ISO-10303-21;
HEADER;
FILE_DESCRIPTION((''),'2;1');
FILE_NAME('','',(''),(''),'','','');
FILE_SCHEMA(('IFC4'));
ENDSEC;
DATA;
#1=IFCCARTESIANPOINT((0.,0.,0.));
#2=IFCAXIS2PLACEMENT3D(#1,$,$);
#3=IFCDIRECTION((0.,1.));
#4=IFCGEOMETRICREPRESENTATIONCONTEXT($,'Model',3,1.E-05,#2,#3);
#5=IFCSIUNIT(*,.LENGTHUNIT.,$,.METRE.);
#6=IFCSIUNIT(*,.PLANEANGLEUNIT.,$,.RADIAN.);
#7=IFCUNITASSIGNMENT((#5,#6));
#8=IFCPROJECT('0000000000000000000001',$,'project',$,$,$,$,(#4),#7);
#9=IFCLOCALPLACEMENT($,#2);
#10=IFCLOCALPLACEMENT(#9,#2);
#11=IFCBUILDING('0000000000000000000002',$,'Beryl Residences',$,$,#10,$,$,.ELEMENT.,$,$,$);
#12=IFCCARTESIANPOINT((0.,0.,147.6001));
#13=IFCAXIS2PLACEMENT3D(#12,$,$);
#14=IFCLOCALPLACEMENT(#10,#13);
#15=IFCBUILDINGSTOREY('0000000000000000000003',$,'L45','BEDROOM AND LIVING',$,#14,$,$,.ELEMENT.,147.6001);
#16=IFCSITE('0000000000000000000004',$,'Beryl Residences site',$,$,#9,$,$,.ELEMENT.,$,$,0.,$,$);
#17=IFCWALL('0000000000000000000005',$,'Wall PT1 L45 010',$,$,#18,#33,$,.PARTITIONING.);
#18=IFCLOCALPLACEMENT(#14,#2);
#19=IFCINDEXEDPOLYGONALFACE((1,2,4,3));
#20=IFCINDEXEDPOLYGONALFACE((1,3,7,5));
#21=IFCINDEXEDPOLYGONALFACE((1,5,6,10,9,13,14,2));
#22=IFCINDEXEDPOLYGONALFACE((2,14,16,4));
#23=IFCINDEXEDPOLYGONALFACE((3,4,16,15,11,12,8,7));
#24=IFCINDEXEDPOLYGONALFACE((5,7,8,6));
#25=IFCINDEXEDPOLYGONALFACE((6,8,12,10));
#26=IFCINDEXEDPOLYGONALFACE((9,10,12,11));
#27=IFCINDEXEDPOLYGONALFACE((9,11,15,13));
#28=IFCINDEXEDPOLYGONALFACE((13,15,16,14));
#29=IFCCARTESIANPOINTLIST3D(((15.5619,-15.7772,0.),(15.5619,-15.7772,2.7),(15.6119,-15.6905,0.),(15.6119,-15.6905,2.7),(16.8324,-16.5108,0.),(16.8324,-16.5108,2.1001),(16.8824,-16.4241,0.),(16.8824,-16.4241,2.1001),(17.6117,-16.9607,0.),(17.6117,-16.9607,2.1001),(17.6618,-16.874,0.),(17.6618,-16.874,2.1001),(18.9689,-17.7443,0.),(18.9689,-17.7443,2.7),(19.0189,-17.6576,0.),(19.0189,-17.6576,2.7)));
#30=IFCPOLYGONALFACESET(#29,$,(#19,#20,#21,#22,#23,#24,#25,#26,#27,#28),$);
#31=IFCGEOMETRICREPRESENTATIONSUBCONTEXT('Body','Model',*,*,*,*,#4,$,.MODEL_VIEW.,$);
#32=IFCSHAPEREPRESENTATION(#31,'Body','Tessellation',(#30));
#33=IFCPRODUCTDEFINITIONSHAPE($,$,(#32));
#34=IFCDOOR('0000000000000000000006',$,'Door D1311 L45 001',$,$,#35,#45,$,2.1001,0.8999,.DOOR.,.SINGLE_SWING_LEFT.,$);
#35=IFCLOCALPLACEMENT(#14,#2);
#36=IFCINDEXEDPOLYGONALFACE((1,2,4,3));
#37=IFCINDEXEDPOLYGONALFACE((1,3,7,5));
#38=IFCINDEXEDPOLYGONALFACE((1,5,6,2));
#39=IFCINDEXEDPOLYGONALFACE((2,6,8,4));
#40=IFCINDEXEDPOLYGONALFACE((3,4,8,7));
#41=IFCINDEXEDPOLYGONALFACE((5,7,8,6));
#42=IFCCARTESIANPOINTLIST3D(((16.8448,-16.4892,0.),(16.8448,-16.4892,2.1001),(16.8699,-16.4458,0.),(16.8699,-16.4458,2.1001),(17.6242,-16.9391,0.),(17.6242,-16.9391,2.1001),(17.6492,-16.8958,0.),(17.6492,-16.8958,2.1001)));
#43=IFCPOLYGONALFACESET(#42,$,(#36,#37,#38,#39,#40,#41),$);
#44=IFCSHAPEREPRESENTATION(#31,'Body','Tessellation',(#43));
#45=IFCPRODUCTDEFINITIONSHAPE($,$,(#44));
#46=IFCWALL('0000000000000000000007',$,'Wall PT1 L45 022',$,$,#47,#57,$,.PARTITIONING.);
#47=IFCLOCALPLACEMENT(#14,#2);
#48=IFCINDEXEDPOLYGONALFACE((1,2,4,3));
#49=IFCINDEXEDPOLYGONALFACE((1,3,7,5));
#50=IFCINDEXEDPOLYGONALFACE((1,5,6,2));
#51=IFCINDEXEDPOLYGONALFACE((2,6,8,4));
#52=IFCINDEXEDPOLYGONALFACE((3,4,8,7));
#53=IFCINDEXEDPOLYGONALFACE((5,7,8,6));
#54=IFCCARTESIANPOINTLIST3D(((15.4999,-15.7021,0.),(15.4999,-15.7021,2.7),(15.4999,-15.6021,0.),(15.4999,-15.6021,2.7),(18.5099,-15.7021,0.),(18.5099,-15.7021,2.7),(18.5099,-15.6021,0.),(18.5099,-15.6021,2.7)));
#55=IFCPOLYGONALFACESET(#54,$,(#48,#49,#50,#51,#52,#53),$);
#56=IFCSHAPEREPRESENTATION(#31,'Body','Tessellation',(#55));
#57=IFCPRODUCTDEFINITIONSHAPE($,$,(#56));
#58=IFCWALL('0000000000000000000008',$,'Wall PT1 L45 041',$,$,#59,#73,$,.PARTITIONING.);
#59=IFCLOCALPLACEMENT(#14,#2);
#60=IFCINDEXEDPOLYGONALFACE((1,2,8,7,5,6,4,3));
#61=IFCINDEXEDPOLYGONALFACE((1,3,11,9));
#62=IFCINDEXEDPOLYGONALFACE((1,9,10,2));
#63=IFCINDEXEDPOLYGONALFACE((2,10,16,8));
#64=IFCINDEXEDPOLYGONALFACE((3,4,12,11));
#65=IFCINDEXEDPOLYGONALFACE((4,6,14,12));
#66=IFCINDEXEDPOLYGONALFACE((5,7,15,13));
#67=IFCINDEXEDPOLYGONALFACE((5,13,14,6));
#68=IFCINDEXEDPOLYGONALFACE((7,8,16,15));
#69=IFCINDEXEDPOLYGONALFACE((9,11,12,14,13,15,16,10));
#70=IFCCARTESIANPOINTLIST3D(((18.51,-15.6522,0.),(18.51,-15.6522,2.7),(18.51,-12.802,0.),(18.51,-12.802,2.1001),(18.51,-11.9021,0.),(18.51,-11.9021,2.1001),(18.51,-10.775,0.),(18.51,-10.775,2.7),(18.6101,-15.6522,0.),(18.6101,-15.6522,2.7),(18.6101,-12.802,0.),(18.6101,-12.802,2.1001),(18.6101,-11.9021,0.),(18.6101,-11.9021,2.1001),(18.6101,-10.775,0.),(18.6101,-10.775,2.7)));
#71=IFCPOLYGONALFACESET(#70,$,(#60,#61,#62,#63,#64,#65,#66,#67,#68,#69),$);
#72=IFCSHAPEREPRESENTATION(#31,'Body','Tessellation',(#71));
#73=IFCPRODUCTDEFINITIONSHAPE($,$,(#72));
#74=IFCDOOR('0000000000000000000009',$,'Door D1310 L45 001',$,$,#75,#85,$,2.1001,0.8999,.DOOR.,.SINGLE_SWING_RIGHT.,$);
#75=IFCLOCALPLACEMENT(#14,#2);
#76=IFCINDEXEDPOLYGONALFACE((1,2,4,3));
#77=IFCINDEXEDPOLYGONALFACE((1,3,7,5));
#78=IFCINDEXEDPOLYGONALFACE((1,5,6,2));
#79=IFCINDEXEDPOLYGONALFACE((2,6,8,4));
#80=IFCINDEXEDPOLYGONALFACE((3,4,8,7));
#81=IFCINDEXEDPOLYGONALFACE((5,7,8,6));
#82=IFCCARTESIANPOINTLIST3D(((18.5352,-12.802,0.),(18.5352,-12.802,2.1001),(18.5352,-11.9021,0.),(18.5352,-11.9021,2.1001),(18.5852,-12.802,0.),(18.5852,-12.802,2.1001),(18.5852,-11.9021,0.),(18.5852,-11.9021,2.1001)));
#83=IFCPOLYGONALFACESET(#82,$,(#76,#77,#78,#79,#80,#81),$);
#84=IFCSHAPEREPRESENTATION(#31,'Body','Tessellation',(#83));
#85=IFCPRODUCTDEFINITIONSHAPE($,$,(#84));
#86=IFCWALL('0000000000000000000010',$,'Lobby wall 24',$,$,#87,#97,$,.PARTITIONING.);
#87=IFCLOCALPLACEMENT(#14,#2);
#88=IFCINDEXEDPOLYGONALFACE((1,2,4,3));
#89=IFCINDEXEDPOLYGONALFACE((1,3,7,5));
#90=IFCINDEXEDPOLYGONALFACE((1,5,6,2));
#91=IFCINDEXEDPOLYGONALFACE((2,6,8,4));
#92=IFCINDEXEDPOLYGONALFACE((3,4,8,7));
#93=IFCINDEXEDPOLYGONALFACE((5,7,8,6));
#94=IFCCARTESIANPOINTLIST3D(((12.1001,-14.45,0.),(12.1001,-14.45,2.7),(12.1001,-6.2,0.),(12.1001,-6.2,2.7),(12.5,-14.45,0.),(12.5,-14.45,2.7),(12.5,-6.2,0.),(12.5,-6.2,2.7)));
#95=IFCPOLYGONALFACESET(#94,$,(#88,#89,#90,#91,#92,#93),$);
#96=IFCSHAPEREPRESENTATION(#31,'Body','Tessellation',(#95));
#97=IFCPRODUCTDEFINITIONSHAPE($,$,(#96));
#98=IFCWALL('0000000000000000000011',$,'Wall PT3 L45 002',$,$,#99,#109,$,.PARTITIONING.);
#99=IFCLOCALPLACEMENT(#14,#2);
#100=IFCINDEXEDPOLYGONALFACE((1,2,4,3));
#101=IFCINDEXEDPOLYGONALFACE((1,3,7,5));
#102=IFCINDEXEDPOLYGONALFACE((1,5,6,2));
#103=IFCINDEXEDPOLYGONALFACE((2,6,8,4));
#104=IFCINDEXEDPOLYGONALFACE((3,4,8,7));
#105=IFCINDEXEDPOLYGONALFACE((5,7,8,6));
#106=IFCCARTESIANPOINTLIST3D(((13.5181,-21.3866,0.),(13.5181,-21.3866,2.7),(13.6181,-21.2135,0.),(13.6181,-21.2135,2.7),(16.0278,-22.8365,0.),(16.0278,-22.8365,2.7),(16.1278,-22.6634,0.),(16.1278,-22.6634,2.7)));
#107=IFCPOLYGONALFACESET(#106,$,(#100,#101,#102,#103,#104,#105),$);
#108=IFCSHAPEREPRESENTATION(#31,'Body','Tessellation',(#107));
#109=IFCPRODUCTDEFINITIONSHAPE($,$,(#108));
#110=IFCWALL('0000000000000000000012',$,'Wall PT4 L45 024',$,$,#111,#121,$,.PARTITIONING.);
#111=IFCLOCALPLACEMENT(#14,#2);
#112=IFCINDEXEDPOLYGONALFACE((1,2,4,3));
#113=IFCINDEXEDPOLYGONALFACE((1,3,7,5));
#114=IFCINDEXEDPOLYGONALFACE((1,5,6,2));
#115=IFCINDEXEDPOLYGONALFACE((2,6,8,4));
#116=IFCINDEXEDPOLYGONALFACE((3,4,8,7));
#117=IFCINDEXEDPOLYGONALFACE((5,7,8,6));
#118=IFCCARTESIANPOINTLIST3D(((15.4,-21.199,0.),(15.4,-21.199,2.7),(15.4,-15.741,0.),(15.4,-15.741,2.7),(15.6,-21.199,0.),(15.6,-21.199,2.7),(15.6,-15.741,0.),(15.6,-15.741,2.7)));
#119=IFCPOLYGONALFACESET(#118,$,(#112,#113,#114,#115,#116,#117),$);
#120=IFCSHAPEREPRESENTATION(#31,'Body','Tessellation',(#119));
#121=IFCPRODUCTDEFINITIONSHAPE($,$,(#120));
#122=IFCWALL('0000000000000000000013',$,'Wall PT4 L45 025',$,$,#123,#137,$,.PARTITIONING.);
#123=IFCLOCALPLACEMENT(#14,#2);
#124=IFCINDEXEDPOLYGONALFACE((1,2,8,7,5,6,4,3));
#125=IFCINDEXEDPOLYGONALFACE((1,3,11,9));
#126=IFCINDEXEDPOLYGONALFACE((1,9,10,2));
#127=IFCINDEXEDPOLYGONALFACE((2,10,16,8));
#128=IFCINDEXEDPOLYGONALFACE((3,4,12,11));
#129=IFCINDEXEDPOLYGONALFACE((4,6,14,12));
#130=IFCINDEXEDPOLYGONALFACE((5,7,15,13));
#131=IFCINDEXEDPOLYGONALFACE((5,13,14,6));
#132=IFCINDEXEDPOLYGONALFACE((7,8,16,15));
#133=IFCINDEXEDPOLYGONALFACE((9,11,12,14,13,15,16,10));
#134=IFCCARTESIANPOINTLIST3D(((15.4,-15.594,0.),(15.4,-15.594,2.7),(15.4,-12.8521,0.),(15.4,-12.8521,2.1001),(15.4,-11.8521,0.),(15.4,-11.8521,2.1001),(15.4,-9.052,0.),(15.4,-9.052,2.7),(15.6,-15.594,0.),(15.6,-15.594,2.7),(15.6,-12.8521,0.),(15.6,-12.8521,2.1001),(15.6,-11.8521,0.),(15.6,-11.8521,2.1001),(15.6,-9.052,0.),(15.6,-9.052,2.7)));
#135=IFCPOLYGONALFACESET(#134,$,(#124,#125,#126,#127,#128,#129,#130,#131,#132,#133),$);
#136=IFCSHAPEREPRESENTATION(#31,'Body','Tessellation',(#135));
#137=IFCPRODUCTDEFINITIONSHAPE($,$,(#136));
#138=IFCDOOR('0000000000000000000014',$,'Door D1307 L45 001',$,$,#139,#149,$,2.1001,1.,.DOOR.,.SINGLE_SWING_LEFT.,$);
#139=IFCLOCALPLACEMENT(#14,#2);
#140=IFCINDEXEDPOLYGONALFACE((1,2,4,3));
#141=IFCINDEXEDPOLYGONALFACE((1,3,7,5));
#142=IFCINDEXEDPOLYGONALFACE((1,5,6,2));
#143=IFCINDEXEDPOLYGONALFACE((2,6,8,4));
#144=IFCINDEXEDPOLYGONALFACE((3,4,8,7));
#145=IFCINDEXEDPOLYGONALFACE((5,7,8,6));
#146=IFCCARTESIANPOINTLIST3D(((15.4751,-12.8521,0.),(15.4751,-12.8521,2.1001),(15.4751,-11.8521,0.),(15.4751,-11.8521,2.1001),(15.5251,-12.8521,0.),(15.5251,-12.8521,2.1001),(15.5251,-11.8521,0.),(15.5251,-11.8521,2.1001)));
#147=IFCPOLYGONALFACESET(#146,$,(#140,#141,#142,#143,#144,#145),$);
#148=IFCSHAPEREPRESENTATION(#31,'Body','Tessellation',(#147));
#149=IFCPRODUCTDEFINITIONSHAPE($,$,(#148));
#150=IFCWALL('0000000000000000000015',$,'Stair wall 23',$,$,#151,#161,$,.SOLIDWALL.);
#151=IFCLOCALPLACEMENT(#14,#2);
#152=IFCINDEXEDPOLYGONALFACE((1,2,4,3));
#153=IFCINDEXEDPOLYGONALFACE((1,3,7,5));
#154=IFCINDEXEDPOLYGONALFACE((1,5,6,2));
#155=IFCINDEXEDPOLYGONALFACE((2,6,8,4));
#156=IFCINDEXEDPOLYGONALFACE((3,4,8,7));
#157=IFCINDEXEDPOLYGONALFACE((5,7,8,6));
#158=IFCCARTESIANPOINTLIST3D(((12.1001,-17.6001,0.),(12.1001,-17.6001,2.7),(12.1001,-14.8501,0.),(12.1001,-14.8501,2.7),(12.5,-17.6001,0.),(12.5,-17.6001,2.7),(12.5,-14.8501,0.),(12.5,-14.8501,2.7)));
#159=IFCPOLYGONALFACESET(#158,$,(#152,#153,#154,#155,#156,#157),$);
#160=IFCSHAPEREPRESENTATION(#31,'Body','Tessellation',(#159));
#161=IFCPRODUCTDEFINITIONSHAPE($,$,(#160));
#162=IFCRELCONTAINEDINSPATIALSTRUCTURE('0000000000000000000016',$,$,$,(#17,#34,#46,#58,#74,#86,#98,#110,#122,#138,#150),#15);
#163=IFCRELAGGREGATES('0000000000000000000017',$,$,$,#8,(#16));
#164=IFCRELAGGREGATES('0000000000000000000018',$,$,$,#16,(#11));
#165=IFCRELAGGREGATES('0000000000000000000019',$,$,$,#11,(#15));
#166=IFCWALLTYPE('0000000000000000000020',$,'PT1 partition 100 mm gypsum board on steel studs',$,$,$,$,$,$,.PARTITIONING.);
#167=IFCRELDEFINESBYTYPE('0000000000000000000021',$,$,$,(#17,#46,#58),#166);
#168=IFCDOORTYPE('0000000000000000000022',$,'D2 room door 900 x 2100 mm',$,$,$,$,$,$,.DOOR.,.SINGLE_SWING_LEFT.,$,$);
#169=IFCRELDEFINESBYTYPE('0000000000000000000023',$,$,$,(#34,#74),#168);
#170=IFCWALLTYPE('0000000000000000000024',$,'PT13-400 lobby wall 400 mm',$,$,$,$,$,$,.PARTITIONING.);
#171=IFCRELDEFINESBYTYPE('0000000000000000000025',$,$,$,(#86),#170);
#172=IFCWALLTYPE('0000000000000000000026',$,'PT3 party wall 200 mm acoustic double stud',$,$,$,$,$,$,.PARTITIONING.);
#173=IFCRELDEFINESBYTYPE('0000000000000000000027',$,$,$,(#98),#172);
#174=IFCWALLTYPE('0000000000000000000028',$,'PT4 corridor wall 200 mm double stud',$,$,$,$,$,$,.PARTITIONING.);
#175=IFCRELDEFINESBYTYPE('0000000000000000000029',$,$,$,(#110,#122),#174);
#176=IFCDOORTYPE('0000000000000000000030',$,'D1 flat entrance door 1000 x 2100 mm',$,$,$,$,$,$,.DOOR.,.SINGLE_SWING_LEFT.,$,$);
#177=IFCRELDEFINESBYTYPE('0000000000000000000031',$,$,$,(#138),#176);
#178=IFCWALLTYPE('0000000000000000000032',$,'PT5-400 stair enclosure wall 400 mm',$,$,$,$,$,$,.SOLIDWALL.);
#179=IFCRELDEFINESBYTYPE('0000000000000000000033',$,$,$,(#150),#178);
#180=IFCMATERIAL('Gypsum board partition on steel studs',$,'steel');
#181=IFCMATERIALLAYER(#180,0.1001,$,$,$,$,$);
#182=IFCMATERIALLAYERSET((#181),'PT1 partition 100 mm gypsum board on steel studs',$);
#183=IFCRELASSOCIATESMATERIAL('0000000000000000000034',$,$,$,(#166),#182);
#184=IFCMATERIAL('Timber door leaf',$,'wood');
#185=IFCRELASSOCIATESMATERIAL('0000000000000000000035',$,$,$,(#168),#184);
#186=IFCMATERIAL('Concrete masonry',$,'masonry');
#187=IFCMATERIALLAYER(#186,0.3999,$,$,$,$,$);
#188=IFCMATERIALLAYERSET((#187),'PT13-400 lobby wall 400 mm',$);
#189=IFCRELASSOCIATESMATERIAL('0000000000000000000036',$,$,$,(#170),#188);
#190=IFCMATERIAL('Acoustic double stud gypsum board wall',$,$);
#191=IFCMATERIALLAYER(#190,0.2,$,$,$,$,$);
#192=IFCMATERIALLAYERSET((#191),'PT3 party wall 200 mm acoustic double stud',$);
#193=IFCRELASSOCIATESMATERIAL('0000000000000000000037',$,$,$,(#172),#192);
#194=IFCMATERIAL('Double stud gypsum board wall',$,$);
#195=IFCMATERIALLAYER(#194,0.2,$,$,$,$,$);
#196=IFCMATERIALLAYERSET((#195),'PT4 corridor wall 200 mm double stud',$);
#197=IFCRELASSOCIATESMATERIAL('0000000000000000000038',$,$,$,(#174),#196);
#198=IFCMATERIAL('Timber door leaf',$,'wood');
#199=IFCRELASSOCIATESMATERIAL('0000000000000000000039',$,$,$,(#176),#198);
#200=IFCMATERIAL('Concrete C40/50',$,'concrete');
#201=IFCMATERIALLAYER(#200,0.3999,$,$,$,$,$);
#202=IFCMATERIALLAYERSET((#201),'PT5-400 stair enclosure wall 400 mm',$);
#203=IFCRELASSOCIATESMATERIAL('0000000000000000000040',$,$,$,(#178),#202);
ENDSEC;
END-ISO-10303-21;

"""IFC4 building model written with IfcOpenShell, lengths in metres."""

from ifc_helpers import new_model, si_unit, direction, frame, frame_2d, origin, place, context, subcontext, project, spatial, rectangle, extrude, material, layer, layer_set, type_object, element, fill, save


model = new_model("IFC4")

# Units and contexts
model_context = context("Model", 3, precision=1e-05, world=origin(), true_north=direction((0.0, 1.0)))
body_context = subcontext(model_context, "Body", "Model", "MODEL_VIEW")
ifc_project = project(units=[si_unit("LENGTHUNIT", "METRE"), si_unit("PLANEANGLEUNIT", "RADIAN")], contexts=[model_context])

# Site, building, storey
site_placement = place(None, origin())
site = spatial("IfcSite", under=ifc_project, at=site_placement, Name="Beryl Residences site", CompositionType="ELEMENT", RefElevation=0.0)
building_placement = place(site_placement, origin())
building = spatial("IfcBuilding", under=site, at=building_placement, Name="Beryl Residences", CompositionType="ELEMENT")
storey_placement = place(building_placement, frame((0.0, 0.0, 147.6001)))
storey = spatial("IfcBuildingStorey", under=building, at=storey_placement, Name="L45", Description="BEDROOM AND LIVING", CompositionType="ELEMENT", Elevation=147.6001)

# Wall, opening, door
ifc_material_1 = material(Name="Gypsum board partition on steel studs", Category="steel")
ifc_layer_1 = layer(ifc_material_1, 0.1001)
ifc_layer_set_1 = layer_set([ifc_layer_1], Name="PT1 partition 100 mm gypsum board on steel studs")
wall_type_1 = type_object("IfcWallType", Name="PT1 partition 100 mm gypsum board on steel studs", PredefinedType="PARTITIONING", material=ifc_layer_set_1)
wall_1_placement = place(storey_placement, frame((15.5869, -15.7339, 0.0), z_axis=(0.0, 0.0, 1.0), x_axis=(0.866023, -0.500004, 0.0)))
wall_1 = element("IfcWall", 1, at=wall_1_placement, inside=storey, type_object=wall_type_1, Name="Wall PT1 L45 010", PredefinedType="PARTITIONING", context=body_context, shape_type="SweptSolid", body=[
    extrude(rectangle(XDim=3.9341, YDim=0.1001, at=frame_2d((1.967, 0.0))), origin(), (0.0, 0.0, 1.0), 2.7),
])
opening_1_placement = place(wall_1_placement, frame((1.467, 0.0, 0.0)))
opening_1 = element("IfcOpeningElement", 2, at=opening_1_placement, cuts=wall_1, PredefinedType="OPENING", context=body_context, shape_type="SweptSolid", body=[
    extrude(rectangle(XDim=0.8999, YDim=2.1001, at=frame_2d((0.45, 1.05))), frame((0.0, 0.0601, 0.0), z_axis=(0.0, -1.0, 0.0), x_axis=(1.0, 0.0, 0.0)), (0.0, 0.0, 1.0), 0.1201),
])
ifc_material_2 = material(Name="Timber door leaf", Category="wood")
door_type_1 = type_object("IfcDoorType", Name="D2 room door 900 x 2100 mm", OperationType="SINGLE_SWING_LEFT", PredefinedType="DOOR", material=ifc_material_2)
door_1_placement = place(opening_1_placement, origin())
door_1 = element("IfcDoor", 3, at=door_1_placement, inside=storey, type_object=door_type_1, Name="Door D1311 L45 001", OperationType="SINGLE_SWING_LEFT", OverallHeight=2.1001, OverallWidth=0.8999, PredefinedType="DOOR", context=body_context, shape_type="SweptSolid", body=[
    extrude(rectangle(XDim=0.8999, YDim=2.1001, at=frame_2d((0.45, 1.05))), frame((0.0, 0.0249, 0.0), z_axis=(0.0, -1.0, 0.0), x_axis=(1.0, 0.0, 0.0)), (0.0, 0.0, 1.0), 0.05),
])
fill(opening_1, door_1)

# Wall
wall_2_placement = place(storey_placement, frame((15.5, -15.6521, 0.0), z_axis=(0.0, 0.0, 1.0), x_axis=(1.0, 0.0, 0.0)))
element("IfcWall", 4, at=wall_2_placement, inside=storey, type_object=wall_type_1, Name="Wall PT1 L45 022", PredefinedType="PARTITIONING", context=body_context, shape_type="SweptSolid", body=[
    extrude(rectangle(XDim=3.01, YDim=0.1001, at=frame_2d((1.5049, 0.0))), origin(), (0.0, 0.0, 1.0), 2.7),
])

# Wall, opening, door
wall_3_placement = place(storey_placement, frame((18.5601, -15.6521, 0.0), z_axis=(0.0, 0.0, 1.0), x_axis=(0.0, 1.0, 0.0)))
wall_3 = element("IfcWall", 5, at=wall_3_placement, inside=storey, type_object=wall_type_1, Name="Wall PT1 L45 041", PredefinedType="PARTITIONING", context=body_context, shape_type="SweptSolid", body=[
    extrude(rectangle(XDim=4.8772, YDim=0.1001, at=frame_2d((2.4385, 0.0))), origin(), (0.0, 0.0, 1.0), 2.7),
])
opening_2_placement = place(wall_3_placement, frame((2.8501, 0.0, 0.0)))
opening_2 = element("IfcOpeningElement", 6, at=opening_2_placement, cuts=wall_3, PredefinedType="OPENING", context=body_context, shape_type="SweptSolid", body=[
    extrude(rectangle(XDim=0.8999, YDim=2.1001, at=frame_2d((0.45, 1.05))), frame((0.0, 0.0601, 0.0), z_axis=(0.0, -1.0, 0.0), x_axis=(1.0, 0.0, 0.0)), (0.0, 0.0, 1.0), 0.1201),
])
door_2_placement = place(opening_2_placement, origin())
door_2 = element("IfcDoor", 7, at=door_2_placement, inside=storey, type_object=door_type_1, Name="Door D1310 L45 001", OperationType="SINGLE_SWING_RIGHT", OverallHeight=2.1001, OverallWidth=0.8999, PredefinedType="DOOR", context=body_context, shape_type="SweptSolid", body=[
    extrude(rectangle(XDim=0.8999, YDim=2.1001, at=frame_2d((0.45, 1.05))), frame((0.0, 0.0249, 0.0), z_axis=(0.0, -1.0, 0.0), x_axis=(1.0, 0.0, 0.0)), (0.0, 0.0, 1.0), 0.05),
])
fill(opening_2, door_2)

# Walls
ifc_material_3 = material(Name="Concrete masonry", Category="masonry")
ifc_layer_2 = layer(ifc_material_3, 0.3999)
ifc_layer_set_2 = layer_set([ifc_layer_2], Name="PT13-400 lobby wall 400 mm")
wall_type_2 = type_object("IfcWallType", Name="PT13-400 lobby wall 400 mm", PredefinedType="PARTITIONING", material=ifc_layer_set_2)
wall_4_placement = place(storey_placement, frame((12.3, -14.45, 0.0), z_axis=(0.0, 0.0, 1.0), x_axis=(0.0, 1.0, 0.0)))
element("IfcWall", 8, at=wall_4_placement, inside=storey, type_object=wall_type_2, Name="Lobby wall 24", PredefinedType="PARTITIONING", context=body_context, shape_type="SweptSolid", body=[
    extrude(rectangle(XDim=8.25, YDim=0.3999, at=frame_2d((4.125, 0.0))), origin(), (0.0, 0.0, 1.0), 2.7),
])
ifc_material_4 = material(Name="Acoustic double stud gypsum board wall")
ifc_layer_3 = layer(ifc_material_4, 0.2)
ifc_layer_set_3 = layer_set([ifc_layer_3], Name="PT3 party wall 200 mm acoustic double stud")
wall_type_3 = type_object("IfcWallType", Name="PT3 party wall 200 mm acoustic double stud", PredefinedType="PARTITIONING", material=ifc_layer_set_3)
wall_5_placement = place(storey_placement, frame((13.5681, -21.3, 0.0), z_axis=(0.0, 0.0, 1.0), x_axis=(0.865885, -0.500243, 0.0)))
element("IfcWall", 9, at=wall_5_placement, inside=storey, type_object=wall_type_3, Name="Wall PT3 L45 002", PredefinedType="PARTITIONING", context=body_context, shape_type="SweptSolid", body=[
    extrude(rectangle(XDim=2.8984, YDim=0.2, at=frame_2d((1.4492, 0.0))), origin(), (0.0, 0.0, 1.0), 2.7),
])
ifc_material_5 = material(Name="Double stud gypsum board wall")
ifc_layer_4 = layer(ifc_material_5, 0.2)
ifc_layer_set_4 = layer_set([ifc_layer_4], Name="PT4 corridor wall 200 mm double stud")
wall_type_4 = type_object("IfcWallType", Name="PT4 corridor wall 200 mm double stud", PredefinedType="PARTITIONING", material=ifc_layer_set_4)
wall_6_placement = place(storey_placement, frame((15.5, -21.199, 0.0), z_axis=(0.0, 0.0, 1.0), x_axis=(0.0, 1.0, 0.0)))
element("IfcWall", 10, at=wall_6_placement, inside=storey, type_object=wall_type_4, Name="Wall PT4 L45 024", PredefinedType="PARTITIONING", context=body_context, shape_type="SweptSolid", body=[
    extrude(rectangle(XDim=5.458, YDim=0.2, at=frame_2d((2.729, 0.0))), origin(), (0.0, 0.0, 1.0), 2.7),
])

# Wall, opening, door
wall_7_placement = place(storey_placement, frame((15.5, -15.594, 0.0), z_axis=(0.0, 0.0, 1.0), x_axis=(0.0, 1.0, 0.0)))
wall_7 = element("IfcWall", 11, at=wall_7_placement, inside=storey, type_object=wall_type_4, Name="Wall PT4 L45 025", PredefinedType="PARTITIONING", context=body_context, shape_type="SweptSolid", body=[
    extrude(rectangle(XDim=6.542, YDim=0.2, at=frame_2d((3.271, 0.0))), origin(), (0.0, 0.0, 1.0), 2.7),
])
opening_3_placement = place(wall_7_placement, frame((2.7419, 0.0, 0.0)))
opening_3 = element("IfcOpeningElement", 12, at=opening_3_placement, cuts=wall_7, PredefinedType="OPENING", context=body_context, shape_type="SweptSolid", body=[
    extrude(rectangle(XDim=1.0, YDim=2.1001, at=frame_2d((0.5, 1.05))), frame((0.0, 0.1099, 0.0), z_axis=(0.0, -1.0, 0.0), x_axis=(1.0, 0.0, 0.0)), (0.0, 0.0, 1.0), 0.22),
])
ifc_material_6 = material(Name="Timber door leaf", Category="wood")
door_type_2 = type_object("IfcDoorType", Name="D1 flat entrance door 1000 x 2100 mm", OperationType="SINGLE_SWING_LEFT", PredefinedType="DOOR", material=ifc_material_6)
door_3_placement = place(opening_3_placement, origin())
door_3 = element("IfcDoor", 13, at=door_3_placement, inside=storey, type_object=door_type_2, Name="Door D1307 L45 001", OperationType="SINGLE_SWING_LEFT", OverallHeight=2.1001, OverallWidth=1.0, PredefinedType="DOOR", context=body_context, shape_type="SweptSolid", body=[
    extrude(rectangle(XDim=1.0, YDim=2.1001, at=frame_2d((0.5, 1.05))), frame((0.0, 0.0249, 0.0), z_axis=(0.0, -1.0, 0.0), x_axis=(1.0, 0.0, 0.0)), (0.0, 0.0, 1.0), 0.05),
])
fill(opening_3, door_3)

# Wall
ifc_material_7 = material(Name="Concrete C40/50", Category="concrete")
ifc_layer_5 = layer(ifc_material_7, 0.3999)
ifc_layer_set_5 = layer_set([ifc_layer_5], Name="PT5-400 stair enclosure wall 400 mm")
wall_type_5 = type_object("IfcWallType", Name="PT5-400 stair enclosure wall 400 mm", PredefinedType="SOLIDWALL", material=ifc_layer_set_5)
wall_8_placement = place(storey_placement, frame((12.3, -17.6001, 0.0), z_axis=(0.0, 0.0, 1.0), x_axis=(0.0, 1.0, 0.0)))
element("IfcWall", 14, at=wall_8_placement, inside=storey, type_object=wall_type_5, Name="Stair wall 23", PredefinedType="SOLIDWALL", context=body_context, shape_type="SweptSolid", body=[
    extrude(rectangle(XDim=2.75, YDim=0.3999, at=frame_2d((1.375, 0.0))), origin(), (0.0, 0.0, 1.0), 2.7),
])

save(model, "model.ifc")
